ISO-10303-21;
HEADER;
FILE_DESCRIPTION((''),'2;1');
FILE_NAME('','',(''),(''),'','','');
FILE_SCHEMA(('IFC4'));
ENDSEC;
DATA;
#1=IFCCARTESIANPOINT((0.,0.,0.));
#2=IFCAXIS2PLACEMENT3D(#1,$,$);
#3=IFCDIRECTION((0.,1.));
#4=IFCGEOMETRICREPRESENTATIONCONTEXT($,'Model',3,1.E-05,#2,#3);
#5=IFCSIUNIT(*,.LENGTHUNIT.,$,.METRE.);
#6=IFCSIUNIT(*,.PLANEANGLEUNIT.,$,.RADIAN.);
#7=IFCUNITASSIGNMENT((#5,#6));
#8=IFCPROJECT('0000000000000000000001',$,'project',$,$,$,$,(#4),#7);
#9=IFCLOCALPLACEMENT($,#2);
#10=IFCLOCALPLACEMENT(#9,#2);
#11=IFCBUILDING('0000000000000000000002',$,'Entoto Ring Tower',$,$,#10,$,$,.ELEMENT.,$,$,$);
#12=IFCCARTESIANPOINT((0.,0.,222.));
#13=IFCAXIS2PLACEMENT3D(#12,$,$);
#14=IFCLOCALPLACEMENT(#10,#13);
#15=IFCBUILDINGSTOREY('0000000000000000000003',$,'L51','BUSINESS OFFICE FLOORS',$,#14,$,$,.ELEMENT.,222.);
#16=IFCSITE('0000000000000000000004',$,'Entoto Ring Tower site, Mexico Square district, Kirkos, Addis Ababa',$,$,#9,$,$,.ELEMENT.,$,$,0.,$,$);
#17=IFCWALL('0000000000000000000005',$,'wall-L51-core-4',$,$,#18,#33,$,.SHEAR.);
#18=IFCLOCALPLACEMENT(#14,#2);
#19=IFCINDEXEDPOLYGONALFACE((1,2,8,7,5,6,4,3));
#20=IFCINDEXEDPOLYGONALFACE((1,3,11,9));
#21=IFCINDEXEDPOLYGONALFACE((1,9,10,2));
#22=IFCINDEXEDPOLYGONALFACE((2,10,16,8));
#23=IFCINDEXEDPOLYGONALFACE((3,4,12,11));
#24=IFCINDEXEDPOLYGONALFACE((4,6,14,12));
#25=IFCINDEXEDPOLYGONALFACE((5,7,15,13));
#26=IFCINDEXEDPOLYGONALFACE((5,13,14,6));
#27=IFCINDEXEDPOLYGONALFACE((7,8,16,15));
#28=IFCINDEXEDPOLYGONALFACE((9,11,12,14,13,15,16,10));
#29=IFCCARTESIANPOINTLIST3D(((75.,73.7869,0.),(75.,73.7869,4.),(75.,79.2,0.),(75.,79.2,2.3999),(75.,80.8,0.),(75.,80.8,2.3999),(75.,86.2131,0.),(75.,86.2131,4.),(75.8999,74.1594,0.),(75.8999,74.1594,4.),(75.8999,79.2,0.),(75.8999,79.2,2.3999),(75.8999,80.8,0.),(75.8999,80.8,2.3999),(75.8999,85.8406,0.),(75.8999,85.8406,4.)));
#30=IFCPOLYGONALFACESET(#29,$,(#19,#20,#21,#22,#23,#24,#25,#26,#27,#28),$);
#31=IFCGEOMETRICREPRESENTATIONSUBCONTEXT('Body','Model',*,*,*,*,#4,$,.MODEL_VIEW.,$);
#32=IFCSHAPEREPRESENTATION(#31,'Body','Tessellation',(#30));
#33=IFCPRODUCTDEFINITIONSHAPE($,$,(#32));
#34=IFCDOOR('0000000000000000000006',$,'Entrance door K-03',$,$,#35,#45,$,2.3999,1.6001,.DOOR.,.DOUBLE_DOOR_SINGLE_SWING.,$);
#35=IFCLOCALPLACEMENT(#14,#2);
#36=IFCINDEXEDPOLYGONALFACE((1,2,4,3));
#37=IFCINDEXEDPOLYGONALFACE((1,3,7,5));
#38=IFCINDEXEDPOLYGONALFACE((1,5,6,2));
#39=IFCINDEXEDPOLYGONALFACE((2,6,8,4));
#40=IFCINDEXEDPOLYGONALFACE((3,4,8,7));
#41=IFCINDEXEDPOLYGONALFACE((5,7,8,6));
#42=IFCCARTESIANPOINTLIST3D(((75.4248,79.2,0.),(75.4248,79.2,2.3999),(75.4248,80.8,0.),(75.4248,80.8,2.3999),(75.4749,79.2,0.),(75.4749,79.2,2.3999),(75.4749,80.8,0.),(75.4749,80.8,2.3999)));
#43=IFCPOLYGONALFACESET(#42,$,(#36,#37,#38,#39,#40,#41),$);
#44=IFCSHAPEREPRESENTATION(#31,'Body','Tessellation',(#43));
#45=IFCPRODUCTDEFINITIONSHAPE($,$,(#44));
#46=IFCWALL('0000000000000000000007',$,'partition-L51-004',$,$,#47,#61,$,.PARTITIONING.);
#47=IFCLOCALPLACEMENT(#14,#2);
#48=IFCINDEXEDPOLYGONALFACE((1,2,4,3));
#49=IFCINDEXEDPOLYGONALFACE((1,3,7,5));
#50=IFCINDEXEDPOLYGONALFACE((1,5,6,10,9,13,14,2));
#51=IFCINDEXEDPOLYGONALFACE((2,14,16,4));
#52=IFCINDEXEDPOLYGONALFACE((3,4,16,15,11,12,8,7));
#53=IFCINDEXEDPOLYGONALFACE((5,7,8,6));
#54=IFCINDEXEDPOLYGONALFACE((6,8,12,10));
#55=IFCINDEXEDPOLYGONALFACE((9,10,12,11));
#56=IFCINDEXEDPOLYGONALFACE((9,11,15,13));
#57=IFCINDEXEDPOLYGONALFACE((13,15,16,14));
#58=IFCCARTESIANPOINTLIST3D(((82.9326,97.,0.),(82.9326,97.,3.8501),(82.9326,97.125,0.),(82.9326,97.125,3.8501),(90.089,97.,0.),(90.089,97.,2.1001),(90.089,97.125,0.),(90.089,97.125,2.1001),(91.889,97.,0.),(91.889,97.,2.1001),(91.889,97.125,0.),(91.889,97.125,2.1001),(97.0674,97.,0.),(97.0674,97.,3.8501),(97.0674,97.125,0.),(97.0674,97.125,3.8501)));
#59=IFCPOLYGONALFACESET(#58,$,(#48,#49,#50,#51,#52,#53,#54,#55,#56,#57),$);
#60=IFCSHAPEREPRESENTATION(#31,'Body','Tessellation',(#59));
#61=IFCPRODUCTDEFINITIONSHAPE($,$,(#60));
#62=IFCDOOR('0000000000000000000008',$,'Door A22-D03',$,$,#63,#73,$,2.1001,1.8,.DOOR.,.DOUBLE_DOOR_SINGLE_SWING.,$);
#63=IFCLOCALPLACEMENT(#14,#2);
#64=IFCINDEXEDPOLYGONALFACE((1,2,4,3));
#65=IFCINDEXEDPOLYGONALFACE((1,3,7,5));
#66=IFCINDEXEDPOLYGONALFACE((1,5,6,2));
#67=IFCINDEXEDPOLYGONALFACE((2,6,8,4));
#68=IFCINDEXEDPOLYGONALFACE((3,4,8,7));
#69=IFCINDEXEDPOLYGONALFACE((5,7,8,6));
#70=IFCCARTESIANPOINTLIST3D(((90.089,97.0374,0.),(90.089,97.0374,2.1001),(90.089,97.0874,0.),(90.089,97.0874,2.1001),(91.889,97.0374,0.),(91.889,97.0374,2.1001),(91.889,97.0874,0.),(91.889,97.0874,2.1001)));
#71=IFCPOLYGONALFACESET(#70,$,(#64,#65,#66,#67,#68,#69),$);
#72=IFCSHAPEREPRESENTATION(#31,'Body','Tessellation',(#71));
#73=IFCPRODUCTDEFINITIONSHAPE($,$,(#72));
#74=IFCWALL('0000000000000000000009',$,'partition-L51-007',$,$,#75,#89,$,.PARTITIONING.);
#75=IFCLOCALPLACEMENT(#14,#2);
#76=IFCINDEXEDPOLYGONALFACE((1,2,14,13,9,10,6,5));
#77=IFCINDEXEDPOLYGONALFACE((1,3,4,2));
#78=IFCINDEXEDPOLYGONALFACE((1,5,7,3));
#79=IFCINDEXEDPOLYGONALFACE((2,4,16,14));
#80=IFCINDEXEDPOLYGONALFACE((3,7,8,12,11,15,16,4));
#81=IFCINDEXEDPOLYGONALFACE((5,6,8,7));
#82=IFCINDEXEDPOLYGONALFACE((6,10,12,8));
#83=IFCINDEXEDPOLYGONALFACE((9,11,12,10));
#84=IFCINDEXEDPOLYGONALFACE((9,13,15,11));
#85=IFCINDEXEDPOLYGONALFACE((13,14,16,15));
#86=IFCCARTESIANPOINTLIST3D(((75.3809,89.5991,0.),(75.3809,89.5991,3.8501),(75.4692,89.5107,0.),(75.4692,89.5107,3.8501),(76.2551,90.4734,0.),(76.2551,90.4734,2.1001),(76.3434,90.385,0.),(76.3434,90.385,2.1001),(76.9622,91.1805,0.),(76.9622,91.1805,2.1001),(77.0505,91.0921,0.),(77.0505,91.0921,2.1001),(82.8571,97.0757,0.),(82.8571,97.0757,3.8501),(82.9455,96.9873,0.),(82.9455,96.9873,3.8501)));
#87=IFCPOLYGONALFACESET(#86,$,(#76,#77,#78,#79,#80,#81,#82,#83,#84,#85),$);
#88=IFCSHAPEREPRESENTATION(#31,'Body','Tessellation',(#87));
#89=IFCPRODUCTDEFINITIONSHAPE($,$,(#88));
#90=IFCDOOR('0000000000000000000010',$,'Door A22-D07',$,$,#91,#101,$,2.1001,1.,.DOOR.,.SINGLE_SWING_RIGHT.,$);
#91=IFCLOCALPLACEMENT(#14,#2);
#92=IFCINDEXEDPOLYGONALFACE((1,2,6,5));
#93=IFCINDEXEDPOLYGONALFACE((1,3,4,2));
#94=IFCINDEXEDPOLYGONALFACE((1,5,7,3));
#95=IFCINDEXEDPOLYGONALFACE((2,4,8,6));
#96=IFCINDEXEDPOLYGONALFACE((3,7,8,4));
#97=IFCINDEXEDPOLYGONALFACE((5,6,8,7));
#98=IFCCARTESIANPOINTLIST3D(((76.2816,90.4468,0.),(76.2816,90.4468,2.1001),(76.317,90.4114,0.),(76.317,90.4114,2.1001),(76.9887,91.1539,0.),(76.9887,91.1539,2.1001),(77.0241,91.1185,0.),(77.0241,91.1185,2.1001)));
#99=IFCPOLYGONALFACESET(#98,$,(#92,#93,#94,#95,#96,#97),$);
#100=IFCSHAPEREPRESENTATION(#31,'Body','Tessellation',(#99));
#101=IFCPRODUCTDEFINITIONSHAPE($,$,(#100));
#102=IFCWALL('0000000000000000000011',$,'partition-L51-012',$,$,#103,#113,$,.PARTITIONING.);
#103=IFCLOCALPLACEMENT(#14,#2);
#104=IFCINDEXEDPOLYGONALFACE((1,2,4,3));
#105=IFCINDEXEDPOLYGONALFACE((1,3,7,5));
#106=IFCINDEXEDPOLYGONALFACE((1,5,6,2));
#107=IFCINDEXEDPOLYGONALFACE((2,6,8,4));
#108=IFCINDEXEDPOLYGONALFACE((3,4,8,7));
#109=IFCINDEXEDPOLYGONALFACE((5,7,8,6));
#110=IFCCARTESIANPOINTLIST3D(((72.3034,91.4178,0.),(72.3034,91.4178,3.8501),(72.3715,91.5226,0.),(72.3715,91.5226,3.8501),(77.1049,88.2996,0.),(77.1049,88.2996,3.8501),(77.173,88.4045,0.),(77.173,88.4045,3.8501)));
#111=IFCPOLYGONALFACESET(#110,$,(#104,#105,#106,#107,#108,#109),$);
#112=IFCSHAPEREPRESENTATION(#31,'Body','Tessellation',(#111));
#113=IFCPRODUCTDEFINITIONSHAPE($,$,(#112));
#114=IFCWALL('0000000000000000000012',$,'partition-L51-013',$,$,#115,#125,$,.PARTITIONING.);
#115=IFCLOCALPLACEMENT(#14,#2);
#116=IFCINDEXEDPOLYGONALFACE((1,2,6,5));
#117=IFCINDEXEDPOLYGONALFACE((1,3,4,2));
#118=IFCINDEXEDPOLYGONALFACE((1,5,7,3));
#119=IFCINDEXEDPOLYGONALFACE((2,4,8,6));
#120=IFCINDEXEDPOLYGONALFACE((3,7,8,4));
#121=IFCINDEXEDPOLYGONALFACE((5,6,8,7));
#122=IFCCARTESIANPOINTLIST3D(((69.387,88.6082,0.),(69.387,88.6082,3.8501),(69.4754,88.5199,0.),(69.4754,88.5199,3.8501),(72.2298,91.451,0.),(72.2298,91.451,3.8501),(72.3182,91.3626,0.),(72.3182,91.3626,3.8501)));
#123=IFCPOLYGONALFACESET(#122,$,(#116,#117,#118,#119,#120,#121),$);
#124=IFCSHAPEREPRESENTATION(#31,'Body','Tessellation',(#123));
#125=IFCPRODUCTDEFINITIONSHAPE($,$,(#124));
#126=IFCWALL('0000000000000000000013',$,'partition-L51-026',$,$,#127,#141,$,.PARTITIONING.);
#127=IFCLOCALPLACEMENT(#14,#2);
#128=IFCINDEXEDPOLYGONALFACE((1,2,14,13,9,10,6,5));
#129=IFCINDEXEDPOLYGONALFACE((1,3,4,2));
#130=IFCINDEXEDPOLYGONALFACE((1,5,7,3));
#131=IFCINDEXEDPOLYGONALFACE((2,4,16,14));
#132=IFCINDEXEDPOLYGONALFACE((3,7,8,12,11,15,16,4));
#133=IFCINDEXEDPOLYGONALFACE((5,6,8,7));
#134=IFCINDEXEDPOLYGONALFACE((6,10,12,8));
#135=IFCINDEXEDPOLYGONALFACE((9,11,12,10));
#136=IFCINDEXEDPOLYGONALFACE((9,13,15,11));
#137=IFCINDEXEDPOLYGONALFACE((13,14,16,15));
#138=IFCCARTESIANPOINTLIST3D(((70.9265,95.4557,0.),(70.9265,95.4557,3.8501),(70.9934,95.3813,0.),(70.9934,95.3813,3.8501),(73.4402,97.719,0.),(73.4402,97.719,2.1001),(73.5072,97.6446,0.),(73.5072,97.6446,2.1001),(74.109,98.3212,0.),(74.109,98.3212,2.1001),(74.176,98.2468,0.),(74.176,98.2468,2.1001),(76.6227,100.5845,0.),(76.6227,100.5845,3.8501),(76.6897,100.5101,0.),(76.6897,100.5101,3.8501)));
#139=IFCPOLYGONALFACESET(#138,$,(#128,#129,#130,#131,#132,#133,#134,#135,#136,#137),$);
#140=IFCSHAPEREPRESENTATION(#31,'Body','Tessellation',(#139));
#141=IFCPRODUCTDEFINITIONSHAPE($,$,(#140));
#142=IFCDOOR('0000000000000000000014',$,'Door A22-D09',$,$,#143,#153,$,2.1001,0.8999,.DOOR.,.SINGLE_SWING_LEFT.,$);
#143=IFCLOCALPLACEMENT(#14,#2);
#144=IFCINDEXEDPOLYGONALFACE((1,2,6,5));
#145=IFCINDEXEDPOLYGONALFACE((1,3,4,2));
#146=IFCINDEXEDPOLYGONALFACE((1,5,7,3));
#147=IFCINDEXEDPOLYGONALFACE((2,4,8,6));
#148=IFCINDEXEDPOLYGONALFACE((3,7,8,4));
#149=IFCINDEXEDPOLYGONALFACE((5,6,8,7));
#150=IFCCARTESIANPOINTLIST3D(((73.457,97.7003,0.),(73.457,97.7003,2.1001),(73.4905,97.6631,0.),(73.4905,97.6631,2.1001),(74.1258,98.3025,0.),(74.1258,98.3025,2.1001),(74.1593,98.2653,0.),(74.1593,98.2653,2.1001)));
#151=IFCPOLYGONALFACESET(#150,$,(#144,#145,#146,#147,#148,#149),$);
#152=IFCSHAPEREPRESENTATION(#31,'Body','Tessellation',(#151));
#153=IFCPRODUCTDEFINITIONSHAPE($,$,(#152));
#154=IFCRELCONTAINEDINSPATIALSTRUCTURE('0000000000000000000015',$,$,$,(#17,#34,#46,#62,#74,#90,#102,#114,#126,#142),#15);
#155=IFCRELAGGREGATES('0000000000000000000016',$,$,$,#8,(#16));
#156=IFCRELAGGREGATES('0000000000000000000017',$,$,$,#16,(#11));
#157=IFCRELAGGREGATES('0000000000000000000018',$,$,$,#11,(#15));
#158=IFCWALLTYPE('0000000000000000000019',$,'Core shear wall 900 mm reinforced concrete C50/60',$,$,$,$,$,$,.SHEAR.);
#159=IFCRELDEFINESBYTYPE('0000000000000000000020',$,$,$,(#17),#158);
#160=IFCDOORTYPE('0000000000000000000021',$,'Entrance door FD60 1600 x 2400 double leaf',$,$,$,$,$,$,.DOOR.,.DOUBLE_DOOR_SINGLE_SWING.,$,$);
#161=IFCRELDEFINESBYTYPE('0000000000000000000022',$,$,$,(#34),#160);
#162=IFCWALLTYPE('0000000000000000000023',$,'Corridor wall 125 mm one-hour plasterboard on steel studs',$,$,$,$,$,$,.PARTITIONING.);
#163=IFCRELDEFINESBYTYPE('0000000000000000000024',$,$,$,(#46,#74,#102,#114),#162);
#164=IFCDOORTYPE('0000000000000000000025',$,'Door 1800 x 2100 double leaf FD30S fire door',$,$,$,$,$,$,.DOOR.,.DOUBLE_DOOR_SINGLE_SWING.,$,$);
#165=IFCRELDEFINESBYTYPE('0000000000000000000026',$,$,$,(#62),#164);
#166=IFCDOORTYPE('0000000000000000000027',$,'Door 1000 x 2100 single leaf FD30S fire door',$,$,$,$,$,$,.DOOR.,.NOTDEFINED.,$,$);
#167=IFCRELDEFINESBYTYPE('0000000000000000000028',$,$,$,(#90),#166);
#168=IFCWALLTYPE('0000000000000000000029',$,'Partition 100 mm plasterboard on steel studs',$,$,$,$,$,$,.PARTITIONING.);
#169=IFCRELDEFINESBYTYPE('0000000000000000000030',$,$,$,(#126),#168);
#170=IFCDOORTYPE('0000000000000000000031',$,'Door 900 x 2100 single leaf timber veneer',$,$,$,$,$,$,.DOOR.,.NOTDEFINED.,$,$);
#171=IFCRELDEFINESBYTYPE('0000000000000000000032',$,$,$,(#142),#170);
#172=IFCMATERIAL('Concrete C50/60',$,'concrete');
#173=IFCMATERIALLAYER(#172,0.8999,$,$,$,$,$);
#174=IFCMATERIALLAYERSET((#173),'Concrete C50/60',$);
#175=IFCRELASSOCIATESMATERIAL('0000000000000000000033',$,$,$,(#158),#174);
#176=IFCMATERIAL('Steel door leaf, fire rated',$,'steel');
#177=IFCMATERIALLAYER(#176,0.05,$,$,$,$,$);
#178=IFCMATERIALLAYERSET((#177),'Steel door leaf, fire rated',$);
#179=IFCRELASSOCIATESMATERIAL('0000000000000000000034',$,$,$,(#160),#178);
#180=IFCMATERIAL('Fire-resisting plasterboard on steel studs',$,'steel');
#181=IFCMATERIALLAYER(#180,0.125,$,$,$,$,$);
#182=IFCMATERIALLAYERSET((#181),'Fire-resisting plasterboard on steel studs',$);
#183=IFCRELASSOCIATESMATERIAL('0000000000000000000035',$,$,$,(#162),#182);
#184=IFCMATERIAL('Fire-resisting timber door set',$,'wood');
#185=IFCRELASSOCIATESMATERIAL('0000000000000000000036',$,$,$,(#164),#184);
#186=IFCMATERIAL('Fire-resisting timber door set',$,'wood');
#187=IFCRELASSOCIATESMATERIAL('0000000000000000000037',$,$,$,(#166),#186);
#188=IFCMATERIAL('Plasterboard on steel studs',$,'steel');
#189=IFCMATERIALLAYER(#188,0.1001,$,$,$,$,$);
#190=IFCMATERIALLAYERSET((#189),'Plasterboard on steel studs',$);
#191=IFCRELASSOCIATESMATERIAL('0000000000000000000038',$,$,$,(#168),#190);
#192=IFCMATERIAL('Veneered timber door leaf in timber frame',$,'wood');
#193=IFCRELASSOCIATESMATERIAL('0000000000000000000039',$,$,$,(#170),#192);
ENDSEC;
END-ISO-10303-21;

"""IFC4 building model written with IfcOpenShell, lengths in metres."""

from ifc_helpers import new_model, si_unit, direction, frame, frame_2d, origin, place, context, subcontext, project, spatial, polyline, rectangle, outline, extrude, material, layer, layer_set, type_object, element, fill, save


model = new_model("IFC4")

# Units and contexts
model_context = context("Model", 3, precision=1e-05, world=origin(), true_north=direction((0.0, 1.0)))
body_context = subcontext(model_context, "Body", "Model", "MODEL_VIEW")
ifc_project = project(units=[si_unit("LENGTHUNIT", "METRE"), si_unit("PLANEANGLEUNIT", "RADIAN")], contexts=[model_context])

# Site, building, storey
site_placement = place(None, origin())
site = spatial("IfcSite", under=ifc_project, at=site_placement, Name="Entoto Ring Tower site, Mexico Square district, Kirkos, Addis Ababa", CompositionType="ELEMENT", RefElevation=0.0)
building_placement = place(site_placement, origin())
building = spatial("IfcBuilding", under=site, at=building_placement, Name="Entoto Ring Tower", CompositionType="ELEMENT")
storey_placement = place(building_placement, frame((0.0, 0.0, 222.0)))
storey = spatial("IfcBuildingStorey", under=building, at=storey_placement, Name="L51", Description="BUSINESS OFFICE FLOORS", CompositionType="ELEMENT", Elevation=222.0)

# Shared definitions
ifc_material_1 = material(Name="Concrete C50/60", Category="concrete")
ifc_layer_1 = layer(ifc_material_1, 0.8999)
ifc_layer_set_1 = layer_set([ifc_layer_1], Name="Concrete C50/60")
wall_type_1 = type_object("IfcWallType", Name="Core shear wall 900 mm reinforced concrete C50/60", PredefinedType="SHEAR", material=ifc_layer_set_1)

# Walls, openings, doors
wall_1_placement = place(storey_placement, frame((75.45, 86.0269, 0.0), z_axis=(0.0, 0.0, 1.0), x_axis=(0.0, -1.0, 0.0)))
wall_1 = element("IfcWall", 1, at=wall_1_placement, inside=storey, type_object=wall_type_1, Name="wall-L51-core-4", PredefinedType="SHEAR", context=body_context, shape_type="SweptSolid", body=[
    extrude(outline(polyline([(-0.1863, -0.45), (12.24, -0.45), (11.8674, 0.45), (0.1863, 0.45), (-0.1863, -0.45)])), origin(), (0.0, 0.0, 1.0), 4.0),
])
opening_1_placement = place(wall_1_placement, frame((5.2268, 0.0, 0.0)))
opening_1 = element("IfcOpeningElement", 2, at=opening_1_placement, cuts=wall_1, PredefinedType="OPENING", context=body_context, shape_type="SweptSolid", body=[
    extrude(rectangle(XDim=1.6001, YDim=2.3999, at=frame_2d((0.8, 1.2))), frame((0.0, 0.46, 0.0), z_axis=(0.0, -1.0, 0.0), x_axis=(1.0, 0.0, 0.0)), (0.0, 0.0, 1.0), 0.9199),
])
ifc_material_2 = material(Name="Steel door leaf, fire rated", Category="steel")
ifc_layer_2 = layer(ifc_material_2, 0.05)
ifc_layer_set_2 = layer_set([ifc_layer_2], Name="Steel door leaf, fire rated")
door_type_1 = type_object("IfcDoorType", Name="Entrance door FD60 1600 x 2400 double leaf", OperationType="DOUBLE_DOOR_SINGLE_SWING", PredefinedType="DOOR", material=ifc_layer_set_2)
door_1_placement = place(opening_1_placement, origin())
door_1 = element("IfcDoor", 3, at=door_1_placement, inside=storey, type_object=door_type_1, Name="Entrance door K-03", OperationType="DOUBLE_DOOR_SINGLE_SWING", OverallHeight=2.3999, OverallWidth=1.6001, PredefinedType="DOOR", context=body_context, shape_type="SweptSolid", body=[
    extrude(rectangle(XDim=1.6001, YDim=2.3999, at=frame_2d((0.8, 1.2))), frame((0.0, 0.0249, 0.0), z_axis=(0.0, -1.0, 0.0), x_axis=(1.0, 0.0, 0.0)), (0.0, 0.0, 1.0), 0.05),
])
fill(opening_1, door_1)
ifc_material_3 = material(Name="Fire-resisting plasterboard on steel studs", Category="steel")
ifc_layer_3 = layer(ifc_material_3, 0.125)
ifc_layer_set_3 = layer_set([ifc_layer_3], Name="Fire-resisting plasterboard on steel studs")
wall_type_2 = type_object("IfcWallType", Name="Corridor wall 125 mm one-hour plasterboard on steel studs", PredefinedType="PARTITIONING", material=ifc_layer_set_3)
wall_2_placement = place(storey_placement, frame((82.9326, 97.0625, 0.0), z_axis=(0.0, 0.0, 1.0), x_axis=(1.0, 0.0, 0.0)))
wall_2 = element("IfcWall", 4, at=wall_2_placement, inside=storey, type_object=wall_type_2, Name="partition-L51-004", PredefinedType="PARTITIONING", context=body_context, shape_type="SweptSolid", body=[
    extrude(rectangle(XDim=14.1348, YDim=0.125, at=frame_2d((7.0674, 0.0))), origin(), (0.0, 0.0, 1.0), 3.8501),
])
opening_2_placement = place(wall_2_placement, frame((7.1565, 0.0, 0.0)))
opening_2 = element("IfcOpeningElement", 5, at=opening_2_placement, cuts=wall_2, PredefinedType="OPENING", context=body_context, shape_type="SweptSolid", body=[
    extrude(rectangle(XDim=1.8, YDim=2.1001, at=frame_2d((0.8999, 1.05))), frame((0.0, 0.0725, 0.0), z_axis=(0.0, -1.0, 0.0), x_axis=(1.0, 0.0, 0.0)), (0.0, 0.0, 1.0), 0.145),
])
ifc_material_4 = material(Name="Fire-resisting timber door set", Category="wood")
door_type_2 = type_object("IfcDoorType", Name="Door 1800 x 2100 double leaf FD30S fire door", OperationType="DOUBLE_DOOR_SINGLE_SWING", PredefinedType="DOOR", material=ifc_material_4)
door_2_placement = place(opening_2_placement, origin())
door_2 = element("IfcDoor", 6, at=door_2_placement, inside=storey, type_object=door_type_2, Name="Door A22-D03", OperationType="DOUBLE_DOOR_SINGLE_SWING", OverallHeight=2.1001, OverallWidth=1.8, PredefinedType="DOOR", context=body_context, shape_type="SweptSolid", body=[
    extrude(rectangle(XDim=1.8, YDim=2.1001, at=frame_2d((0.8999, 1.05))), frame((0.0, 0.0249, 0.0), z_axis=(0.0, -1.0, 0.0), x_axis=(1.0, 0.0, 0.0)), (0.0, 0.0, 1.0), 0.05),
])
fill(opening_2, door_2)
wall_3_placement = place(storey_placement, frame((75.425, 89.5549, 0.0), z_axis=(0.0, 0.0, 1.0), x_axis=(0.707095, 0.707118, 0.0)))
wall_3 = element("IfcWall", 7, at=wall_3_placement, inside=storey, type_object=wall_type_2, Name="partition-L51-007", PredefinedType="PARTITIONING", context=body_context, shape_type="SweptSolid", body=[
    extrude(rectangle(XDim=10.5732, YDim=0.125, at=frame_2d((5.2866, 0.0))), origin(), (0.0, 0.0, 1.0), 3.8501),
])
opening_3_placement = place(wall_3_placement, frame((1.2363, 0.0, 0.0)))
opening_3 = element("IfcOpeningElement", 8, at=opening_3_placement, cuts=wall_3, PredefinedType="OPENING", context=body_context, shape_type="SweptSolid", body=[
    extrude(rectangle(XDim=1.0, YDim=2.1001, at=frame_2d((0.5, 1.05))), frame((0.0, 0.0725, 0.0), z_axis=(0.0, -1.0, 0.0), x_axis=(1.0, 0.0, 0.0)), (0.0, 0.0, 1.0), 0.145),
])
ifc_material_5 = material(Name="Fire-resisting timber door set", Category="wood")
door_type_3 = type_object("IfcDoorType", Name="Door 1000 x 2100 single leaf FD30S fire door", OperationType="NOTDEFINED", PredefinedType="DOOR", material=ifc_material_5)
door_3_placement = place(opening_3_placement, origin())
door_3 = element("IfcDoor", 9, at=door_3_placement, inside=storey, type_object=door_type_3, Name="Door A22-D07", OperationType="SINGLE_SWING_RIGHT", OverallHeight=2.1001, OverallWidth=1.0, PredefinedType="DOOR", context=body_context, shape_type="SweptSolid", body=[
    extrude(rectangle(XDim=1.0, YDim=2.1001, at=frame_2d((0.5, 1.05))), frame((0.0, 0.0249, 0.0), z_axis=(0.0, -1.0, 0.0), x_axis=(1.0, 0.0, 0.0)), (0.0, 0.0, 1.0), 0.05),
])
fill(opening_3, door_3)

# Walls
wall_4_placement = place(storey_placement, frame((77.1389, 88.3521, 0.0), z_axis=(0.0, 0.0, 1.0), x_axis=(-0.838669, 0.544642, 0.0)))
element("IfcWall", 10, at=wall_4_placement, inside=storey, type_object=wall_type_2, Name="partition-L51-012", PredefinedType="PARTITIONING", context=body_context, shape_type="SweptSolid", body=[
    extrude(rectangle(XDim=5.7251, YDim=0.125, at=frame_2d((2.8625, 0.0))), origin(), (0.0, 0.0, 1.0), 3.8501),
])
wall_5_placement = place(storey_placement, frame((69.4312, 88.564, 0.0), z_axis=(0.0, 0.0, 1.0), x_axis=(0.707107, 0.707107, 0.0)))
element("IfcWall", 11, at=wall_5_placement, inside=storey, type_object=wall_type_2, Name="partition-L51-013", PredefinedType="PARTITIONING", context=body_context, shape_type="SweptSolid", body=[
    extrude(rectangle(XDim=4.0203, YDim=0.125, at=frame_2d((2.0103, 0.0))), origin(), (0.0, 0.0, 1.0), 3.8501),
])

# Wall, opening, door
ifc_material_6 = material(Name="Plasterboard on steel studs", Category="steel")
ifc_layer_4 = layer(ifc_material_6, 0.1001)
ifc_layer_set_4 = layer_set([ifc_layer_4], Name="Plasterboard on steel studs")
wall_type_3 = type_object("IfcWallType", Name="Partition 100 mm plasterboard on steel studs", PredefinedType="PARTITIONING", material=ifc_layer_set_4)
wall_6_placement = place(storey_placement, frame((70.96, 95.4185, 0.0), z_axis=(0.0, 0.0, 1.0), x_axis=(0.743148, 0.669127, 0.0)))
wall_6 = element("IfcWall", 12, at=wall_6_placement, inside=storey, type_object=wall_type_3, Name="partition-L51-026", PredefinedType="PARTITIONING", context=body_context, shape_type="SweptSolid", body=[
    extrude(rectangle(XDim=7.665, YDim=0.1001, at=frame_2d((3.8325, 0.0))), origin(), (0.0, 0.0, 1.0), 3.8501),
])
opening_4_placement = place(wall_6_placement, frame((3.3826, 0.0, 0.0)))
opening_4 = element("IfcOpeningElement", 13, at=opening_4_placement, cuts=wall_6, PredefinedType="OPENING", context=body_context, shape_type="SweptSolid", body=[
    extrude(rectangle(XDim=0.8999, YDim=2.1001, at=frame_2d((0.45, 1.05))), frame((0.0, 0.0601, 0.0), z_axis=(0.0, -1.0, 0.0), x_axis=(1.0, 0.0, 0.0)), (0.0, 0.0, 1.0), 0.1201),
])
ifc_material_7 = material(Name="Veneered timber door leaf in timber frame", Category="wood")
door_type_4 = type_object("IfcDoorType", Name="Door 900 x 2100 single leaf timber veneer", OperationType="NOTDEFINED", PredefinedType="DOOR", material=ifc_material_7)
door_4_placement = place(opening_4_placement, origin())
door_4 = element("IfcDoor", 14, at=door_4_placement, inside=storey, type_object=door_type_4, Name="Door A22-D09", OperationType="SINGLE_SWING_LEFT", OverallHeight=2.1001, OverallWidth=0.8999, PredefinedType="DOOR", context=body_context, shape_type="SweptSolid", body=[
    extrude(rectangle(XDim=0.8999, YDim=2.1001, at=frame_2d((0.45, 1.05))), frame((0.0, 0.0249, 0.0), z_axis=(0.0, -1.0, 0.0), x_axis=(1.0, 0.0, 0.0)), (0.0, 0.0, 1.0), 0.05),
])
fill(opening_4, door_4)

save(model, "model.ifc")
